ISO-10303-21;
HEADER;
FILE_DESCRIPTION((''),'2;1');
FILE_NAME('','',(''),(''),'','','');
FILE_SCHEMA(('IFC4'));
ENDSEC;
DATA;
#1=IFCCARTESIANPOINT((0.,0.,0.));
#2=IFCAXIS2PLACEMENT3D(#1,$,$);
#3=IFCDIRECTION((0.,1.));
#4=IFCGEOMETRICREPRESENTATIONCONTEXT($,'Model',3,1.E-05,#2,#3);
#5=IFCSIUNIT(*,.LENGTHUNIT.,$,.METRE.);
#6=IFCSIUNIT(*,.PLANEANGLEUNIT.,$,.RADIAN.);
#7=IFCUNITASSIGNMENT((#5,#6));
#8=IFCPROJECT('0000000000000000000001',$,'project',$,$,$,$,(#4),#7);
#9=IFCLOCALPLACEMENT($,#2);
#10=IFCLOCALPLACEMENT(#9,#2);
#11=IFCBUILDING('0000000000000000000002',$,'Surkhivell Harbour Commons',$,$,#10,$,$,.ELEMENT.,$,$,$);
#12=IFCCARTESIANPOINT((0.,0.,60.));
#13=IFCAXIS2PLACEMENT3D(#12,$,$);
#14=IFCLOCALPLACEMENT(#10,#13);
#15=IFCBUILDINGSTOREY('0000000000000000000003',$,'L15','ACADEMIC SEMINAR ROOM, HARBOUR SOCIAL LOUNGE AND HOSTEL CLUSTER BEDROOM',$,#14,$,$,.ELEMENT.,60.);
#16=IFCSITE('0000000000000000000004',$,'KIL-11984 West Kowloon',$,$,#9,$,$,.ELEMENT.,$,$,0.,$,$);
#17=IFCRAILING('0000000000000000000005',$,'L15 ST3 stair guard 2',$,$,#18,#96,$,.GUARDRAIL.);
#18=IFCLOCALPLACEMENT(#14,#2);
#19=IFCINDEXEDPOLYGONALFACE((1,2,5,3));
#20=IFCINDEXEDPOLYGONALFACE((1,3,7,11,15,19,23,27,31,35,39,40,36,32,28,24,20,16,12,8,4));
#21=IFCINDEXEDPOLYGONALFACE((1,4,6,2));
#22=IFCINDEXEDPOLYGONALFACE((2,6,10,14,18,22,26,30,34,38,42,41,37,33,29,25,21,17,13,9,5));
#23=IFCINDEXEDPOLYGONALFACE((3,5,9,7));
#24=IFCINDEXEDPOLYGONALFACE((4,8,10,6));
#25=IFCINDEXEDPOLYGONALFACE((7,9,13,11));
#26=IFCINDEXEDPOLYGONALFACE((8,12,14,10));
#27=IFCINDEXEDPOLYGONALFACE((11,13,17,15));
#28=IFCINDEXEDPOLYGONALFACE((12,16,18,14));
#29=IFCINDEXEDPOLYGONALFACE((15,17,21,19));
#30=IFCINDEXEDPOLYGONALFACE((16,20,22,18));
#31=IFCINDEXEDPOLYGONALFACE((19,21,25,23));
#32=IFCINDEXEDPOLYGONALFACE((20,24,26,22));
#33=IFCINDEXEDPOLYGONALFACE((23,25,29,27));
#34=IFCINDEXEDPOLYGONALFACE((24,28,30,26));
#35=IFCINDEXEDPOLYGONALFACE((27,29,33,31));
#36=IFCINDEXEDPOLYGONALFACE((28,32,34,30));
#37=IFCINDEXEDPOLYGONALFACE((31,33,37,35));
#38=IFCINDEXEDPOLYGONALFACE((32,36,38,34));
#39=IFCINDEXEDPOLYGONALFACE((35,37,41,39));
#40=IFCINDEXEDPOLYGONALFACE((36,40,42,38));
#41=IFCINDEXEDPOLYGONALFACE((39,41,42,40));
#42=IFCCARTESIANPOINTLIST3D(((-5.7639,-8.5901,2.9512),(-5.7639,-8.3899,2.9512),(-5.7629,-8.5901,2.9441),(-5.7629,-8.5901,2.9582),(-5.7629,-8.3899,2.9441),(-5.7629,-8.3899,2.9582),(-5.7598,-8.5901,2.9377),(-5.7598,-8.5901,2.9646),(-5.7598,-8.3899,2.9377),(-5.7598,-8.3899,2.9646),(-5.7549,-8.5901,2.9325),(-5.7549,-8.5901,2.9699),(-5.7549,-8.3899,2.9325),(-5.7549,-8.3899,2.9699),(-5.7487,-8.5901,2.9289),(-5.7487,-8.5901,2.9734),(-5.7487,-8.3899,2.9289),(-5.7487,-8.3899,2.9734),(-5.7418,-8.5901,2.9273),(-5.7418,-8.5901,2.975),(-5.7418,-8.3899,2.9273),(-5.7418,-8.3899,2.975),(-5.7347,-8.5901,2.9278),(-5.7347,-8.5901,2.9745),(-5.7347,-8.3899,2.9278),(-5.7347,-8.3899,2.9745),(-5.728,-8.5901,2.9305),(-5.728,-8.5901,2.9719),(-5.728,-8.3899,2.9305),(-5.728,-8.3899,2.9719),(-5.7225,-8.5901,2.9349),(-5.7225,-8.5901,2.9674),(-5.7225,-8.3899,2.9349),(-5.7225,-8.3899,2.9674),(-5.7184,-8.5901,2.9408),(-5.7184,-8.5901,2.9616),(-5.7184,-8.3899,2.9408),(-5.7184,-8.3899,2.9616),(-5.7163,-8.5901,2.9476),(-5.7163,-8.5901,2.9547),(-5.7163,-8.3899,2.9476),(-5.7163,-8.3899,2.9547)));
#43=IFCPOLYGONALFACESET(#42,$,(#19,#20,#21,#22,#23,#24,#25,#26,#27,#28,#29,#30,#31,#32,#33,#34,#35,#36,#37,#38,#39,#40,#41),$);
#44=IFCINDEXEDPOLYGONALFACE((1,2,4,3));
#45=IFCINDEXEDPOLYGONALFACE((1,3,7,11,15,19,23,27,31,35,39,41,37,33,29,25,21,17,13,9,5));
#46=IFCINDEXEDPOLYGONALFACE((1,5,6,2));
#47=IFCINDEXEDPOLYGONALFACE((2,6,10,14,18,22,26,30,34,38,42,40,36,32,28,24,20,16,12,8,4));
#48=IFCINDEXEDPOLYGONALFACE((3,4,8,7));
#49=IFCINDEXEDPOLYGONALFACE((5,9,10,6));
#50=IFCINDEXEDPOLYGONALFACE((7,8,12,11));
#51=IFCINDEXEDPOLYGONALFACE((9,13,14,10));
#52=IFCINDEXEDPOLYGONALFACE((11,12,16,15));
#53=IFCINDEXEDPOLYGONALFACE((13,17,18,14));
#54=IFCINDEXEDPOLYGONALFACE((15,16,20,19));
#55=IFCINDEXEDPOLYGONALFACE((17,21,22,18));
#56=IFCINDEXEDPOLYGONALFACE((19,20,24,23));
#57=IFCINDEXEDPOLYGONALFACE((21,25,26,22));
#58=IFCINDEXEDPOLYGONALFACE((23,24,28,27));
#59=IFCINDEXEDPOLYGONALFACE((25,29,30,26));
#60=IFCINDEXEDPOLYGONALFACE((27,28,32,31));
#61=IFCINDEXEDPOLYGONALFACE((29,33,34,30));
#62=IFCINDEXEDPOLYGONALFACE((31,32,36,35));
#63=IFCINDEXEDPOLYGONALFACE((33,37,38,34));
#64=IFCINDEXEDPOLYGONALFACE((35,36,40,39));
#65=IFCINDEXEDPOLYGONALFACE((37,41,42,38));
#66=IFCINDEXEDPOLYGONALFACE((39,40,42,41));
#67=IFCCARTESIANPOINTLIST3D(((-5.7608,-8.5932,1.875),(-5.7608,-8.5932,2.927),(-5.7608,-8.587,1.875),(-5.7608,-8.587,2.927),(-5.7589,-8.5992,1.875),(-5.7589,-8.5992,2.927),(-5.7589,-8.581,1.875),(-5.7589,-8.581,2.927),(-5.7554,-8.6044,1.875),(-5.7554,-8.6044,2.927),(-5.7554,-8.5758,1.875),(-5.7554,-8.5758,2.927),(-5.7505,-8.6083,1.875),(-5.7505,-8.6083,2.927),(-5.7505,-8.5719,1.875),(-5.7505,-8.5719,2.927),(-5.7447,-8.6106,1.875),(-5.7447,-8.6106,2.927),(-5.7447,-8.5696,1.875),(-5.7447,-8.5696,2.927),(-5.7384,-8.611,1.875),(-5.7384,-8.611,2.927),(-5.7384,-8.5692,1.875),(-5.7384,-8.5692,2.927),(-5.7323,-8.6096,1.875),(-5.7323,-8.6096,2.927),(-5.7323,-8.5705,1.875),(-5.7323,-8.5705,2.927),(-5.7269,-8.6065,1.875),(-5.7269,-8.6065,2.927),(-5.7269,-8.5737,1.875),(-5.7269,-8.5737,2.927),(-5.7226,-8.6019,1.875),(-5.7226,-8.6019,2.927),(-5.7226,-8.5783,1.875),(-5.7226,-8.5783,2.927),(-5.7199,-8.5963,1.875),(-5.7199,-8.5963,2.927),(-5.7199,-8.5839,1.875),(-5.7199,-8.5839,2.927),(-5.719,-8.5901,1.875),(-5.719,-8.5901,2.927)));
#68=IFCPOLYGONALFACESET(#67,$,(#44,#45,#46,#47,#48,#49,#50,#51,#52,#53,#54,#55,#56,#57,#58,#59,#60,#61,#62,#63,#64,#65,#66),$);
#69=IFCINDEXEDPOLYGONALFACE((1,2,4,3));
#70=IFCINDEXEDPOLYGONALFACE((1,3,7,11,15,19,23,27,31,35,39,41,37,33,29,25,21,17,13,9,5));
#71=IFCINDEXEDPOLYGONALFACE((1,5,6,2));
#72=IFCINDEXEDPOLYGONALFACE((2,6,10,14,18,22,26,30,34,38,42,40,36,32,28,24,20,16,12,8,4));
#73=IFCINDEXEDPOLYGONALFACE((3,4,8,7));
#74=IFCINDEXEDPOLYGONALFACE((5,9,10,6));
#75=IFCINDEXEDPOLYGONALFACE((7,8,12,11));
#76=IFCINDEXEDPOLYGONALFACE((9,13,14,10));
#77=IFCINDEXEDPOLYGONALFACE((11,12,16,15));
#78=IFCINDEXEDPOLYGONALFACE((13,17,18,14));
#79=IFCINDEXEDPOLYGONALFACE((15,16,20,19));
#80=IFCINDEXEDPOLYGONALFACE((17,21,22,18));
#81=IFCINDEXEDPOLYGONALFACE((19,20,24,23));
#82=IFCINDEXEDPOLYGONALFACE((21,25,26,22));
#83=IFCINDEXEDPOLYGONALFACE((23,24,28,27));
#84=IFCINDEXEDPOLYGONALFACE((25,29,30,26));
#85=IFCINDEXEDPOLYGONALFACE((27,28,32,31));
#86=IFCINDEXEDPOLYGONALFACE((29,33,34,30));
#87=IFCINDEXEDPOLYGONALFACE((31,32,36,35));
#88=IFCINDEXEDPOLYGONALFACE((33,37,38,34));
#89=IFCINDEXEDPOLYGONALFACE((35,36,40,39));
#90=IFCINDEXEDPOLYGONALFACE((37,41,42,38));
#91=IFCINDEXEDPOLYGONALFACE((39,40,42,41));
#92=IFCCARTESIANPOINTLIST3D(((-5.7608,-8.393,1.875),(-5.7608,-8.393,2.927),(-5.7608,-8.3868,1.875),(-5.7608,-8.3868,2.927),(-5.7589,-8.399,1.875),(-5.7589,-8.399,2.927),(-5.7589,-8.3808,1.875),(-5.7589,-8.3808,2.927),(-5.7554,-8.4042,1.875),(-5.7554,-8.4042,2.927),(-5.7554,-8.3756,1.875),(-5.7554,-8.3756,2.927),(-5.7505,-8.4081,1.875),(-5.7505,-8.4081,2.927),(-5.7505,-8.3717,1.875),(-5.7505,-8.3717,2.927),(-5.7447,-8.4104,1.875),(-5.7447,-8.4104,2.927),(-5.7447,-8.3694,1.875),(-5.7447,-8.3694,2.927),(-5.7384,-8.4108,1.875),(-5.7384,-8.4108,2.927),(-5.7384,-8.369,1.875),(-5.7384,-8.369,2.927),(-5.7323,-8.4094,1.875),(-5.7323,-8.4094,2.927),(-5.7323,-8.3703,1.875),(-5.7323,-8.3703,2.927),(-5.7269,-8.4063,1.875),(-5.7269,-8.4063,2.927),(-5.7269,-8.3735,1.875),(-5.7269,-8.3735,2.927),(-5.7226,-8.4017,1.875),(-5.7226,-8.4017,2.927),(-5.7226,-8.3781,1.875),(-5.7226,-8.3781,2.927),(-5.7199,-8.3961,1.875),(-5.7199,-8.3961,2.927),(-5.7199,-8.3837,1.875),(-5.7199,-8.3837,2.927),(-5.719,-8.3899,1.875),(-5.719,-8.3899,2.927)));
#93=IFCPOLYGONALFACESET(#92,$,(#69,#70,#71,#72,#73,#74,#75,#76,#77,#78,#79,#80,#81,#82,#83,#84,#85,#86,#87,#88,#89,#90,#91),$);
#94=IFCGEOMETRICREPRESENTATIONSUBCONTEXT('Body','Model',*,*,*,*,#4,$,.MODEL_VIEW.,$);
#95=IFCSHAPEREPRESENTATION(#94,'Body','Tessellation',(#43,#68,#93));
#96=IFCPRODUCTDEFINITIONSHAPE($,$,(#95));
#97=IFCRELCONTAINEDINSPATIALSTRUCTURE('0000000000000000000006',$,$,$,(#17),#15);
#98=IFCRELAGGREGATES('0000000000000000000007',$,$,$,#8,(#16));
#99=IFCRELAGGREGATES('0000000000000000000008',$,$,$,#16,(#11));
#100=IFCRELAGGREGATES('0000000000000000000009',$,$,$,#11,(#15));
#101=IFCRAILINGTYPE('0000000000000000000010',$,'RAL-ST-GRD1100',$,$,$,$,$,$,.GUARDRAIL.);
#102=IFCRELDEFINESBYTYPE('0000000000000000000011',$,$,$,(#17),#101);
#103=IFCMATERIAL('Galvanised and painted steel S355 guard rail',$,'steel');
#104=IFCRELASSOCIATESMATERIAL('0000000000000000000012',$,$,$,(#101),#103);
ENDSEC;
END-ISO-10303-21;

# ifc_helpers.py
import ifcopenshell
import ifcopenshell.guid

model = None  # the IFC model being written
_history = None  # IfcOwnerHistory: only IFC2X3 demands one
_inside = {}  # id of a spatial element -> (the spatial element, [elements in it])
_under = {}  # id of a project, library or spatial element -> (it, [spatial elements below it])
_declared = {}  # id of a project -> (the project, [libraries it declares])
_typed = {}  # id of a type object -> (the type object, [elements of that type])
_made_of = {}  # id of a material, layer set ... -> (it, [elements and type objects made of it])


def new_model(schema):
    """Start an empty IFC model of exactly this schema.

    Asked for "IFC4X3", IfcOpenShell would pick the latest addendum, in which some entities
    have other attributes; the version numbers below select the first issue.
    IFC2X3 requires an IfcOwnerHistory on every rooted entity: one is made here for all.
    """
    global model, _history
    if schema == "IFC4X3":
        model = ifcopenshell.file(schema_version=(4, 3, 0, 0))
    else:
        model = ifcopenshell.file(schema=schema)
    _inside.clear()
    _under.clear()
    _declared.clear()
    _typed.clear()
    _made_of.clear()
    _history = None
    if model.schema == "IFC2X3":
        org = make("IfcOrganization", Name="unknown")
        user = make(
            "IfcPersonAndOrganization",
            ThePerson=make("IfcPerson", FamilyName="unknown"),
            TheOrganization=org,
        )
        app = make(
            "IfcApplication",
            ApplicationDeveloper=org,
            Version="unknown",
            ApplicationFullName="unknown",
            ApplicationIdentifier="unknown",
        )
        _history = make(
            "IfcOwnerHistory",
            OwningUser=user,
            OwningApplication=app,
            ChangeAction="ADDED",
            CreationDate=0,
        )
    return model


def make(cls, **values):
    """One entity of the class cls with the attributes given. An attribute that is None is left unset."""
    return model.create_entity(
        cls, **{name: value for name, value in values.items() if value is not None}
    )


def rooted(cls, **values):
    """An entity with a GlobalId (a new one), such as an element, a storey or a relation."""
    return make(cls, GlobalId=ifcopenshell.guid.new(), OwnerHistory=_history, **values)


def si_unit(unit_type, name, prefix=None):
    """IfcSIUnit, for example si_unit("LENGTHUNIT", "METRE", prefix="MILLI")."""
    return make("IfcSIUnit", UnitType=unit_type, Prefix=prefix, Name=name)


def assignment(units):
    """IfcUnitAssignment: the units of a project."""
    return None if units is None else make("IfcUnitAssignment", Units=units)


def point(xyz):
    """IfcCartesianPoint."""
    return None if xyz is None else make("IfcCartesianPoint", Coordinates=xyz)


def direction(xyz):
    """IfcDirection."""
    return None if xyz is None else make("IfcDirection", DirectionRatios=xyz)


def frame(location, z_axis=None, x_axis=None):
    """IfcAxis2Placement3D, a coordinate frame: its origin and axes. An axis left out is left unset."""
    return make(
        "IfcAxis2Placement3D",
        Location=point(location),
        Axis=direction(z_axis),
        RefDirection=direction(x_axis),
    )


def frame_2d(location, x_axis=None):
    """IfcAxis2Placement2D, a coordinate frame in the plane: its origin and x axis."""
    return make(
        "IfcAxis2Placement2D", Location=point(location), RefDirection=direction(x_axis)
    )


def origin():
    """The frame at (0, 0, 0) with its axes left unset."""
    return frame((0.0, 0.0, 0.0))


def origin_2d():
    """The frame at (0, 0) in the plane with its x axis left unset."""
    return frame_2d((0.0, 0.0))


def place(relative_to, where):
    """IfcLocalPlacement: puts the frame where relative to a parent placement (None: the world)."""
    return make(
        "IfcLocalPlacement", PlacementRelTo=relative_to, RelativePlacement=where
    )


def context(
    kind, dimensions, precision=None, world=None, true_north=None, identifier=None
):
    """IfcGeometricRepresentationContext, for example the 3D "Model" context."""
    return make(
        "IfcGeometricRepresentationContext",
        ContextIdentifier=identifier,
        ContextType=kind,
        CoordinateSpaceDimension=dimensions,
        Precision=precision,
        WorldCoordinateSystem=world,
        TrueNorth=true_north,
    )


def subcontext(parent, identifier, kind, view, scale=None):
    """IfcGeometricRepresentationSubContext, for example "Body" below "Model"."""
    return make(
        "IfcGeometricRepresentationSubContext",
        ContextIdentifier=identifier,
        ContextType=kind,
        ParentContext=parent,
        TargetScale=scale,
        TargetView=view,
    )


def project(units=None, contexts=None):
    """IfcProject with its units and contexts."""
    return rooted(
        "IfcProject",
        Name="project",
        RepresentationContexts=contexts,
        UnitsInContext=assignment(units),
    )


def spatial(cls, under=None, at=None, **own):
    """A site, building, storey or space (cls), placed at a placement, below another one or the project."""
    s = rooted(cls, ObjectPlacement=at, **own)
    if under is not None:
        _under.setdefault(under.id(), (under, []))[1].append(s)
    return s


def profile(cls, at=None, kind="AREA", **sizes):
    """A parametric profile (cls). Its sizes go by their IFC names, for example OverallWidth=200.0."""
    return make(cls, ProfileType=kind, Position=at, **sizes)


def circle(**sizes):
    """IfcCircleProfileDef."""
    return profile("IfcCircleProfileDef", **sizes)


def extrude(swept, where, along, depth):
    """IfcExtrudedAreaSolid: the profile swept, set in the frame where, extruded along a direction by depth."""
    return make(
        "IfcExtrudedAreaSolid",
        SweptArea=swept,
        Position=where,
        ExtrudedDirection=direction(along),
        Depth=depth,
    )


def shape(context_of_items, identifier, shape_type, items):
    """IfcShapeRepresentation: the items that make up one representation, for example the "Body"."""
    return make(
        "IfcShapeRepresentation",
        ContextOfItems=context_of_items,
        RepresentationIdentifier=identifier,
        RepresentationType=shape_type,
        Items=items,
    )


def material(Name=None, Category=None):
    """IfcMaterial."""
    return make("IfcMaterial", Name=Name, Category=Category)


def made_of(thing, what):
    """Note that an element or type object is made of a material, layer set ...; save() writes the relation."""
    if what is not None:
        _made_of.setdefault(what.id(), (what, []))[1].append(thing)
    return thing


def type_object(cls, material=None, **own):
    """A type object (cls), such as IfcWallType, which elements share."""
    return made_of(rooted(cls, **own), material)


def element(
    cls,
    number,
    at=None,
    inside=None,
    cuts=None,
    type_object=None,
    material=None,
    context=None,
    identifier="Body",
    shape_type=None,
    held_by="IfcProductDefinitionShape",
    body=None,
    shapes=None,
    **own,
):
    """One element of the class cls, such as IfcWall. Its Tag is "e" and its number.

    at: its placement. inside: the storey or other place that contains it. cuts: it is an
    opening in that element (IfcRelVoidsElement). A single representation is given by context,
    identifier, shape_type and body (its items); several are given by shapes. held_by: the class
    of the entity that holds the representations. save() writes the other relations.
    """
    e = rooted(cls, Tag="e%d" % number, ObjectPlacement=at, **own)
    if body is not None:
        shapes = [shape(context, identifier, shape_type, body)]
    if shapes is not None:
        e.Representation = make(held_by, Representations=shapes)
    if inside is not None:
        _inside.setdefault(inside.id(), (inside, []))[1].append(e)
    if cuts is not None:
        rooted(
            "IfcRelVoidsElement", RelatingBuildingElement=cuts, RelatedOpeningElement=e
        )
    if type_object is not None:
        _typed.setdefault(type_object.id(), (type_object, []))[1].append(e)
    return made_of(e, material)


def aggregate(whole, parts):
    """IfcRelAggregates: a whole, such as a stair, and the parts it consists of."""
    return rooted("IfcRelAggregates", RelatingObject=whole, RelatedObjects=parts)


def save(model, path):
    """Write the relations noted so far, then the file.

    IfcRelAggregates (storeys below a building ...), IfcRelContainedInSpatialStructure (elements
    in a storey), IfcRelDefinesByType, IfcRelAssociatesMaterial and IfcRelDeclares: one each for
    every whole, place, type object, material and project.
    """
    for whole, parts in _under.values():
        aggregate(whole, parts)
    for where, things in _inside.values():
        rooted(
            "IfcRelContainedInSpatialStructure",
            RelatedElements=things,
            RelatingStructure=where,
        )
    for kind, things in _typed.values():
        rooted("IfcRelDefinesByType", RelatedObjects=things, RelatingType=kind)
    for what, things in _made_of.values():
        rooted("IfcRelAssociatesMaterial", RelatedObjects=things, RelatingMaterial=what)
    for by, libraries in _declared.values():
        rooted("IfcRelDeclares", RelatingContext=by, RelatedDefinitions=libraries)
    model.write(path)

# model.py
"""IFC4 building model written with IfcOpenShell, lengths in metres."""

from ifc_helpers import new_model, si_unit, direction, frame, origin, origin_2d, place, context, subcontext, project, spatial, circle, extrude, material, type_object, element, save


model = new_model("IFC4")

# Units and contexts
model_context = context("Model", 3, precision=1e-05, world=origin(), true_north=direction((0.0, 1.0)))
body_context = subcontext(model_context, "Body", "Model", "MODEL_VIEW")
ifc_project = project(units=[si_unit("LENGTHUNIT", "METRE"), si_unit("PLANEANGLEUNIT", "RADIAN")], contexts=[model_context])

# Site, building, storey
site_placement = place(None, origin())
site = spatial("IfcSite", under=ifc_project, at=site_placement, Name="KIL-11984 West Kowloon", CompositionType="ELEMENT", RefElevation=0.0)
building_placement = place(site_placement, origin())
building = spatial("IfcBuilding", under=site, at=building_placement, Name="Surkhivell Harbour Commons", CompositionType="ELEMENT")
storey_placement = place(building_placement, frame((0.0, 0.0, 60.0)))
storey = spatial("IfcBuildingStorey", under=building, at=storey_placement, Name="L15", Description="ACADEMIC SEMINAR ROOM, HARBOUR SOCIAL LOUNGE AND HOSTEL CLUSTER BEDROOM", CompositionType="ELEMENT", Elevation=60.0)

# Railing
ifc_material_1 = material(Name="Galvanised and painted steel S355 guard rail", Category="steel")
railing_type_1 = type_object("IfcRailingType", Name="RAL-ST-GRD1100", PredefinedType="GUARDRAIL", material=ifc_material_1)
railing_1_placement = place(storey_placement, frame((-5.74, -8.5901, 1.875)))
element("IfcRailing", 1, at=railing_1_placement, inside=storey, type_object=railing_type_1, Name="L15 ST3 stair guard 2", PredefinedType="GUARDRAIL", context=body_context, shape_type="SweptSolid", body=[
    extrude(circle(Radius=0.0239, at=origin_2d()), frame((0.0, 0.0, 1.0762), z_axis=(0.0, 1.0, 0.0), x_axis=(-1.0, 0.0, 0.0)), (0.0, 0.0, 1.0), 0.2002),
    extrude(circle(Radius=0.021, at=origin_2d()), origin(), (0.0, 0.0, 1.0), 1.052),
    extrude(circle(Radius=0.021, at=origin_2d()), frame((0.0, 0.2002, 0.0)), (0.0, 0.0, 1.0), 1.052),
])

save(model, "model.ifc")
